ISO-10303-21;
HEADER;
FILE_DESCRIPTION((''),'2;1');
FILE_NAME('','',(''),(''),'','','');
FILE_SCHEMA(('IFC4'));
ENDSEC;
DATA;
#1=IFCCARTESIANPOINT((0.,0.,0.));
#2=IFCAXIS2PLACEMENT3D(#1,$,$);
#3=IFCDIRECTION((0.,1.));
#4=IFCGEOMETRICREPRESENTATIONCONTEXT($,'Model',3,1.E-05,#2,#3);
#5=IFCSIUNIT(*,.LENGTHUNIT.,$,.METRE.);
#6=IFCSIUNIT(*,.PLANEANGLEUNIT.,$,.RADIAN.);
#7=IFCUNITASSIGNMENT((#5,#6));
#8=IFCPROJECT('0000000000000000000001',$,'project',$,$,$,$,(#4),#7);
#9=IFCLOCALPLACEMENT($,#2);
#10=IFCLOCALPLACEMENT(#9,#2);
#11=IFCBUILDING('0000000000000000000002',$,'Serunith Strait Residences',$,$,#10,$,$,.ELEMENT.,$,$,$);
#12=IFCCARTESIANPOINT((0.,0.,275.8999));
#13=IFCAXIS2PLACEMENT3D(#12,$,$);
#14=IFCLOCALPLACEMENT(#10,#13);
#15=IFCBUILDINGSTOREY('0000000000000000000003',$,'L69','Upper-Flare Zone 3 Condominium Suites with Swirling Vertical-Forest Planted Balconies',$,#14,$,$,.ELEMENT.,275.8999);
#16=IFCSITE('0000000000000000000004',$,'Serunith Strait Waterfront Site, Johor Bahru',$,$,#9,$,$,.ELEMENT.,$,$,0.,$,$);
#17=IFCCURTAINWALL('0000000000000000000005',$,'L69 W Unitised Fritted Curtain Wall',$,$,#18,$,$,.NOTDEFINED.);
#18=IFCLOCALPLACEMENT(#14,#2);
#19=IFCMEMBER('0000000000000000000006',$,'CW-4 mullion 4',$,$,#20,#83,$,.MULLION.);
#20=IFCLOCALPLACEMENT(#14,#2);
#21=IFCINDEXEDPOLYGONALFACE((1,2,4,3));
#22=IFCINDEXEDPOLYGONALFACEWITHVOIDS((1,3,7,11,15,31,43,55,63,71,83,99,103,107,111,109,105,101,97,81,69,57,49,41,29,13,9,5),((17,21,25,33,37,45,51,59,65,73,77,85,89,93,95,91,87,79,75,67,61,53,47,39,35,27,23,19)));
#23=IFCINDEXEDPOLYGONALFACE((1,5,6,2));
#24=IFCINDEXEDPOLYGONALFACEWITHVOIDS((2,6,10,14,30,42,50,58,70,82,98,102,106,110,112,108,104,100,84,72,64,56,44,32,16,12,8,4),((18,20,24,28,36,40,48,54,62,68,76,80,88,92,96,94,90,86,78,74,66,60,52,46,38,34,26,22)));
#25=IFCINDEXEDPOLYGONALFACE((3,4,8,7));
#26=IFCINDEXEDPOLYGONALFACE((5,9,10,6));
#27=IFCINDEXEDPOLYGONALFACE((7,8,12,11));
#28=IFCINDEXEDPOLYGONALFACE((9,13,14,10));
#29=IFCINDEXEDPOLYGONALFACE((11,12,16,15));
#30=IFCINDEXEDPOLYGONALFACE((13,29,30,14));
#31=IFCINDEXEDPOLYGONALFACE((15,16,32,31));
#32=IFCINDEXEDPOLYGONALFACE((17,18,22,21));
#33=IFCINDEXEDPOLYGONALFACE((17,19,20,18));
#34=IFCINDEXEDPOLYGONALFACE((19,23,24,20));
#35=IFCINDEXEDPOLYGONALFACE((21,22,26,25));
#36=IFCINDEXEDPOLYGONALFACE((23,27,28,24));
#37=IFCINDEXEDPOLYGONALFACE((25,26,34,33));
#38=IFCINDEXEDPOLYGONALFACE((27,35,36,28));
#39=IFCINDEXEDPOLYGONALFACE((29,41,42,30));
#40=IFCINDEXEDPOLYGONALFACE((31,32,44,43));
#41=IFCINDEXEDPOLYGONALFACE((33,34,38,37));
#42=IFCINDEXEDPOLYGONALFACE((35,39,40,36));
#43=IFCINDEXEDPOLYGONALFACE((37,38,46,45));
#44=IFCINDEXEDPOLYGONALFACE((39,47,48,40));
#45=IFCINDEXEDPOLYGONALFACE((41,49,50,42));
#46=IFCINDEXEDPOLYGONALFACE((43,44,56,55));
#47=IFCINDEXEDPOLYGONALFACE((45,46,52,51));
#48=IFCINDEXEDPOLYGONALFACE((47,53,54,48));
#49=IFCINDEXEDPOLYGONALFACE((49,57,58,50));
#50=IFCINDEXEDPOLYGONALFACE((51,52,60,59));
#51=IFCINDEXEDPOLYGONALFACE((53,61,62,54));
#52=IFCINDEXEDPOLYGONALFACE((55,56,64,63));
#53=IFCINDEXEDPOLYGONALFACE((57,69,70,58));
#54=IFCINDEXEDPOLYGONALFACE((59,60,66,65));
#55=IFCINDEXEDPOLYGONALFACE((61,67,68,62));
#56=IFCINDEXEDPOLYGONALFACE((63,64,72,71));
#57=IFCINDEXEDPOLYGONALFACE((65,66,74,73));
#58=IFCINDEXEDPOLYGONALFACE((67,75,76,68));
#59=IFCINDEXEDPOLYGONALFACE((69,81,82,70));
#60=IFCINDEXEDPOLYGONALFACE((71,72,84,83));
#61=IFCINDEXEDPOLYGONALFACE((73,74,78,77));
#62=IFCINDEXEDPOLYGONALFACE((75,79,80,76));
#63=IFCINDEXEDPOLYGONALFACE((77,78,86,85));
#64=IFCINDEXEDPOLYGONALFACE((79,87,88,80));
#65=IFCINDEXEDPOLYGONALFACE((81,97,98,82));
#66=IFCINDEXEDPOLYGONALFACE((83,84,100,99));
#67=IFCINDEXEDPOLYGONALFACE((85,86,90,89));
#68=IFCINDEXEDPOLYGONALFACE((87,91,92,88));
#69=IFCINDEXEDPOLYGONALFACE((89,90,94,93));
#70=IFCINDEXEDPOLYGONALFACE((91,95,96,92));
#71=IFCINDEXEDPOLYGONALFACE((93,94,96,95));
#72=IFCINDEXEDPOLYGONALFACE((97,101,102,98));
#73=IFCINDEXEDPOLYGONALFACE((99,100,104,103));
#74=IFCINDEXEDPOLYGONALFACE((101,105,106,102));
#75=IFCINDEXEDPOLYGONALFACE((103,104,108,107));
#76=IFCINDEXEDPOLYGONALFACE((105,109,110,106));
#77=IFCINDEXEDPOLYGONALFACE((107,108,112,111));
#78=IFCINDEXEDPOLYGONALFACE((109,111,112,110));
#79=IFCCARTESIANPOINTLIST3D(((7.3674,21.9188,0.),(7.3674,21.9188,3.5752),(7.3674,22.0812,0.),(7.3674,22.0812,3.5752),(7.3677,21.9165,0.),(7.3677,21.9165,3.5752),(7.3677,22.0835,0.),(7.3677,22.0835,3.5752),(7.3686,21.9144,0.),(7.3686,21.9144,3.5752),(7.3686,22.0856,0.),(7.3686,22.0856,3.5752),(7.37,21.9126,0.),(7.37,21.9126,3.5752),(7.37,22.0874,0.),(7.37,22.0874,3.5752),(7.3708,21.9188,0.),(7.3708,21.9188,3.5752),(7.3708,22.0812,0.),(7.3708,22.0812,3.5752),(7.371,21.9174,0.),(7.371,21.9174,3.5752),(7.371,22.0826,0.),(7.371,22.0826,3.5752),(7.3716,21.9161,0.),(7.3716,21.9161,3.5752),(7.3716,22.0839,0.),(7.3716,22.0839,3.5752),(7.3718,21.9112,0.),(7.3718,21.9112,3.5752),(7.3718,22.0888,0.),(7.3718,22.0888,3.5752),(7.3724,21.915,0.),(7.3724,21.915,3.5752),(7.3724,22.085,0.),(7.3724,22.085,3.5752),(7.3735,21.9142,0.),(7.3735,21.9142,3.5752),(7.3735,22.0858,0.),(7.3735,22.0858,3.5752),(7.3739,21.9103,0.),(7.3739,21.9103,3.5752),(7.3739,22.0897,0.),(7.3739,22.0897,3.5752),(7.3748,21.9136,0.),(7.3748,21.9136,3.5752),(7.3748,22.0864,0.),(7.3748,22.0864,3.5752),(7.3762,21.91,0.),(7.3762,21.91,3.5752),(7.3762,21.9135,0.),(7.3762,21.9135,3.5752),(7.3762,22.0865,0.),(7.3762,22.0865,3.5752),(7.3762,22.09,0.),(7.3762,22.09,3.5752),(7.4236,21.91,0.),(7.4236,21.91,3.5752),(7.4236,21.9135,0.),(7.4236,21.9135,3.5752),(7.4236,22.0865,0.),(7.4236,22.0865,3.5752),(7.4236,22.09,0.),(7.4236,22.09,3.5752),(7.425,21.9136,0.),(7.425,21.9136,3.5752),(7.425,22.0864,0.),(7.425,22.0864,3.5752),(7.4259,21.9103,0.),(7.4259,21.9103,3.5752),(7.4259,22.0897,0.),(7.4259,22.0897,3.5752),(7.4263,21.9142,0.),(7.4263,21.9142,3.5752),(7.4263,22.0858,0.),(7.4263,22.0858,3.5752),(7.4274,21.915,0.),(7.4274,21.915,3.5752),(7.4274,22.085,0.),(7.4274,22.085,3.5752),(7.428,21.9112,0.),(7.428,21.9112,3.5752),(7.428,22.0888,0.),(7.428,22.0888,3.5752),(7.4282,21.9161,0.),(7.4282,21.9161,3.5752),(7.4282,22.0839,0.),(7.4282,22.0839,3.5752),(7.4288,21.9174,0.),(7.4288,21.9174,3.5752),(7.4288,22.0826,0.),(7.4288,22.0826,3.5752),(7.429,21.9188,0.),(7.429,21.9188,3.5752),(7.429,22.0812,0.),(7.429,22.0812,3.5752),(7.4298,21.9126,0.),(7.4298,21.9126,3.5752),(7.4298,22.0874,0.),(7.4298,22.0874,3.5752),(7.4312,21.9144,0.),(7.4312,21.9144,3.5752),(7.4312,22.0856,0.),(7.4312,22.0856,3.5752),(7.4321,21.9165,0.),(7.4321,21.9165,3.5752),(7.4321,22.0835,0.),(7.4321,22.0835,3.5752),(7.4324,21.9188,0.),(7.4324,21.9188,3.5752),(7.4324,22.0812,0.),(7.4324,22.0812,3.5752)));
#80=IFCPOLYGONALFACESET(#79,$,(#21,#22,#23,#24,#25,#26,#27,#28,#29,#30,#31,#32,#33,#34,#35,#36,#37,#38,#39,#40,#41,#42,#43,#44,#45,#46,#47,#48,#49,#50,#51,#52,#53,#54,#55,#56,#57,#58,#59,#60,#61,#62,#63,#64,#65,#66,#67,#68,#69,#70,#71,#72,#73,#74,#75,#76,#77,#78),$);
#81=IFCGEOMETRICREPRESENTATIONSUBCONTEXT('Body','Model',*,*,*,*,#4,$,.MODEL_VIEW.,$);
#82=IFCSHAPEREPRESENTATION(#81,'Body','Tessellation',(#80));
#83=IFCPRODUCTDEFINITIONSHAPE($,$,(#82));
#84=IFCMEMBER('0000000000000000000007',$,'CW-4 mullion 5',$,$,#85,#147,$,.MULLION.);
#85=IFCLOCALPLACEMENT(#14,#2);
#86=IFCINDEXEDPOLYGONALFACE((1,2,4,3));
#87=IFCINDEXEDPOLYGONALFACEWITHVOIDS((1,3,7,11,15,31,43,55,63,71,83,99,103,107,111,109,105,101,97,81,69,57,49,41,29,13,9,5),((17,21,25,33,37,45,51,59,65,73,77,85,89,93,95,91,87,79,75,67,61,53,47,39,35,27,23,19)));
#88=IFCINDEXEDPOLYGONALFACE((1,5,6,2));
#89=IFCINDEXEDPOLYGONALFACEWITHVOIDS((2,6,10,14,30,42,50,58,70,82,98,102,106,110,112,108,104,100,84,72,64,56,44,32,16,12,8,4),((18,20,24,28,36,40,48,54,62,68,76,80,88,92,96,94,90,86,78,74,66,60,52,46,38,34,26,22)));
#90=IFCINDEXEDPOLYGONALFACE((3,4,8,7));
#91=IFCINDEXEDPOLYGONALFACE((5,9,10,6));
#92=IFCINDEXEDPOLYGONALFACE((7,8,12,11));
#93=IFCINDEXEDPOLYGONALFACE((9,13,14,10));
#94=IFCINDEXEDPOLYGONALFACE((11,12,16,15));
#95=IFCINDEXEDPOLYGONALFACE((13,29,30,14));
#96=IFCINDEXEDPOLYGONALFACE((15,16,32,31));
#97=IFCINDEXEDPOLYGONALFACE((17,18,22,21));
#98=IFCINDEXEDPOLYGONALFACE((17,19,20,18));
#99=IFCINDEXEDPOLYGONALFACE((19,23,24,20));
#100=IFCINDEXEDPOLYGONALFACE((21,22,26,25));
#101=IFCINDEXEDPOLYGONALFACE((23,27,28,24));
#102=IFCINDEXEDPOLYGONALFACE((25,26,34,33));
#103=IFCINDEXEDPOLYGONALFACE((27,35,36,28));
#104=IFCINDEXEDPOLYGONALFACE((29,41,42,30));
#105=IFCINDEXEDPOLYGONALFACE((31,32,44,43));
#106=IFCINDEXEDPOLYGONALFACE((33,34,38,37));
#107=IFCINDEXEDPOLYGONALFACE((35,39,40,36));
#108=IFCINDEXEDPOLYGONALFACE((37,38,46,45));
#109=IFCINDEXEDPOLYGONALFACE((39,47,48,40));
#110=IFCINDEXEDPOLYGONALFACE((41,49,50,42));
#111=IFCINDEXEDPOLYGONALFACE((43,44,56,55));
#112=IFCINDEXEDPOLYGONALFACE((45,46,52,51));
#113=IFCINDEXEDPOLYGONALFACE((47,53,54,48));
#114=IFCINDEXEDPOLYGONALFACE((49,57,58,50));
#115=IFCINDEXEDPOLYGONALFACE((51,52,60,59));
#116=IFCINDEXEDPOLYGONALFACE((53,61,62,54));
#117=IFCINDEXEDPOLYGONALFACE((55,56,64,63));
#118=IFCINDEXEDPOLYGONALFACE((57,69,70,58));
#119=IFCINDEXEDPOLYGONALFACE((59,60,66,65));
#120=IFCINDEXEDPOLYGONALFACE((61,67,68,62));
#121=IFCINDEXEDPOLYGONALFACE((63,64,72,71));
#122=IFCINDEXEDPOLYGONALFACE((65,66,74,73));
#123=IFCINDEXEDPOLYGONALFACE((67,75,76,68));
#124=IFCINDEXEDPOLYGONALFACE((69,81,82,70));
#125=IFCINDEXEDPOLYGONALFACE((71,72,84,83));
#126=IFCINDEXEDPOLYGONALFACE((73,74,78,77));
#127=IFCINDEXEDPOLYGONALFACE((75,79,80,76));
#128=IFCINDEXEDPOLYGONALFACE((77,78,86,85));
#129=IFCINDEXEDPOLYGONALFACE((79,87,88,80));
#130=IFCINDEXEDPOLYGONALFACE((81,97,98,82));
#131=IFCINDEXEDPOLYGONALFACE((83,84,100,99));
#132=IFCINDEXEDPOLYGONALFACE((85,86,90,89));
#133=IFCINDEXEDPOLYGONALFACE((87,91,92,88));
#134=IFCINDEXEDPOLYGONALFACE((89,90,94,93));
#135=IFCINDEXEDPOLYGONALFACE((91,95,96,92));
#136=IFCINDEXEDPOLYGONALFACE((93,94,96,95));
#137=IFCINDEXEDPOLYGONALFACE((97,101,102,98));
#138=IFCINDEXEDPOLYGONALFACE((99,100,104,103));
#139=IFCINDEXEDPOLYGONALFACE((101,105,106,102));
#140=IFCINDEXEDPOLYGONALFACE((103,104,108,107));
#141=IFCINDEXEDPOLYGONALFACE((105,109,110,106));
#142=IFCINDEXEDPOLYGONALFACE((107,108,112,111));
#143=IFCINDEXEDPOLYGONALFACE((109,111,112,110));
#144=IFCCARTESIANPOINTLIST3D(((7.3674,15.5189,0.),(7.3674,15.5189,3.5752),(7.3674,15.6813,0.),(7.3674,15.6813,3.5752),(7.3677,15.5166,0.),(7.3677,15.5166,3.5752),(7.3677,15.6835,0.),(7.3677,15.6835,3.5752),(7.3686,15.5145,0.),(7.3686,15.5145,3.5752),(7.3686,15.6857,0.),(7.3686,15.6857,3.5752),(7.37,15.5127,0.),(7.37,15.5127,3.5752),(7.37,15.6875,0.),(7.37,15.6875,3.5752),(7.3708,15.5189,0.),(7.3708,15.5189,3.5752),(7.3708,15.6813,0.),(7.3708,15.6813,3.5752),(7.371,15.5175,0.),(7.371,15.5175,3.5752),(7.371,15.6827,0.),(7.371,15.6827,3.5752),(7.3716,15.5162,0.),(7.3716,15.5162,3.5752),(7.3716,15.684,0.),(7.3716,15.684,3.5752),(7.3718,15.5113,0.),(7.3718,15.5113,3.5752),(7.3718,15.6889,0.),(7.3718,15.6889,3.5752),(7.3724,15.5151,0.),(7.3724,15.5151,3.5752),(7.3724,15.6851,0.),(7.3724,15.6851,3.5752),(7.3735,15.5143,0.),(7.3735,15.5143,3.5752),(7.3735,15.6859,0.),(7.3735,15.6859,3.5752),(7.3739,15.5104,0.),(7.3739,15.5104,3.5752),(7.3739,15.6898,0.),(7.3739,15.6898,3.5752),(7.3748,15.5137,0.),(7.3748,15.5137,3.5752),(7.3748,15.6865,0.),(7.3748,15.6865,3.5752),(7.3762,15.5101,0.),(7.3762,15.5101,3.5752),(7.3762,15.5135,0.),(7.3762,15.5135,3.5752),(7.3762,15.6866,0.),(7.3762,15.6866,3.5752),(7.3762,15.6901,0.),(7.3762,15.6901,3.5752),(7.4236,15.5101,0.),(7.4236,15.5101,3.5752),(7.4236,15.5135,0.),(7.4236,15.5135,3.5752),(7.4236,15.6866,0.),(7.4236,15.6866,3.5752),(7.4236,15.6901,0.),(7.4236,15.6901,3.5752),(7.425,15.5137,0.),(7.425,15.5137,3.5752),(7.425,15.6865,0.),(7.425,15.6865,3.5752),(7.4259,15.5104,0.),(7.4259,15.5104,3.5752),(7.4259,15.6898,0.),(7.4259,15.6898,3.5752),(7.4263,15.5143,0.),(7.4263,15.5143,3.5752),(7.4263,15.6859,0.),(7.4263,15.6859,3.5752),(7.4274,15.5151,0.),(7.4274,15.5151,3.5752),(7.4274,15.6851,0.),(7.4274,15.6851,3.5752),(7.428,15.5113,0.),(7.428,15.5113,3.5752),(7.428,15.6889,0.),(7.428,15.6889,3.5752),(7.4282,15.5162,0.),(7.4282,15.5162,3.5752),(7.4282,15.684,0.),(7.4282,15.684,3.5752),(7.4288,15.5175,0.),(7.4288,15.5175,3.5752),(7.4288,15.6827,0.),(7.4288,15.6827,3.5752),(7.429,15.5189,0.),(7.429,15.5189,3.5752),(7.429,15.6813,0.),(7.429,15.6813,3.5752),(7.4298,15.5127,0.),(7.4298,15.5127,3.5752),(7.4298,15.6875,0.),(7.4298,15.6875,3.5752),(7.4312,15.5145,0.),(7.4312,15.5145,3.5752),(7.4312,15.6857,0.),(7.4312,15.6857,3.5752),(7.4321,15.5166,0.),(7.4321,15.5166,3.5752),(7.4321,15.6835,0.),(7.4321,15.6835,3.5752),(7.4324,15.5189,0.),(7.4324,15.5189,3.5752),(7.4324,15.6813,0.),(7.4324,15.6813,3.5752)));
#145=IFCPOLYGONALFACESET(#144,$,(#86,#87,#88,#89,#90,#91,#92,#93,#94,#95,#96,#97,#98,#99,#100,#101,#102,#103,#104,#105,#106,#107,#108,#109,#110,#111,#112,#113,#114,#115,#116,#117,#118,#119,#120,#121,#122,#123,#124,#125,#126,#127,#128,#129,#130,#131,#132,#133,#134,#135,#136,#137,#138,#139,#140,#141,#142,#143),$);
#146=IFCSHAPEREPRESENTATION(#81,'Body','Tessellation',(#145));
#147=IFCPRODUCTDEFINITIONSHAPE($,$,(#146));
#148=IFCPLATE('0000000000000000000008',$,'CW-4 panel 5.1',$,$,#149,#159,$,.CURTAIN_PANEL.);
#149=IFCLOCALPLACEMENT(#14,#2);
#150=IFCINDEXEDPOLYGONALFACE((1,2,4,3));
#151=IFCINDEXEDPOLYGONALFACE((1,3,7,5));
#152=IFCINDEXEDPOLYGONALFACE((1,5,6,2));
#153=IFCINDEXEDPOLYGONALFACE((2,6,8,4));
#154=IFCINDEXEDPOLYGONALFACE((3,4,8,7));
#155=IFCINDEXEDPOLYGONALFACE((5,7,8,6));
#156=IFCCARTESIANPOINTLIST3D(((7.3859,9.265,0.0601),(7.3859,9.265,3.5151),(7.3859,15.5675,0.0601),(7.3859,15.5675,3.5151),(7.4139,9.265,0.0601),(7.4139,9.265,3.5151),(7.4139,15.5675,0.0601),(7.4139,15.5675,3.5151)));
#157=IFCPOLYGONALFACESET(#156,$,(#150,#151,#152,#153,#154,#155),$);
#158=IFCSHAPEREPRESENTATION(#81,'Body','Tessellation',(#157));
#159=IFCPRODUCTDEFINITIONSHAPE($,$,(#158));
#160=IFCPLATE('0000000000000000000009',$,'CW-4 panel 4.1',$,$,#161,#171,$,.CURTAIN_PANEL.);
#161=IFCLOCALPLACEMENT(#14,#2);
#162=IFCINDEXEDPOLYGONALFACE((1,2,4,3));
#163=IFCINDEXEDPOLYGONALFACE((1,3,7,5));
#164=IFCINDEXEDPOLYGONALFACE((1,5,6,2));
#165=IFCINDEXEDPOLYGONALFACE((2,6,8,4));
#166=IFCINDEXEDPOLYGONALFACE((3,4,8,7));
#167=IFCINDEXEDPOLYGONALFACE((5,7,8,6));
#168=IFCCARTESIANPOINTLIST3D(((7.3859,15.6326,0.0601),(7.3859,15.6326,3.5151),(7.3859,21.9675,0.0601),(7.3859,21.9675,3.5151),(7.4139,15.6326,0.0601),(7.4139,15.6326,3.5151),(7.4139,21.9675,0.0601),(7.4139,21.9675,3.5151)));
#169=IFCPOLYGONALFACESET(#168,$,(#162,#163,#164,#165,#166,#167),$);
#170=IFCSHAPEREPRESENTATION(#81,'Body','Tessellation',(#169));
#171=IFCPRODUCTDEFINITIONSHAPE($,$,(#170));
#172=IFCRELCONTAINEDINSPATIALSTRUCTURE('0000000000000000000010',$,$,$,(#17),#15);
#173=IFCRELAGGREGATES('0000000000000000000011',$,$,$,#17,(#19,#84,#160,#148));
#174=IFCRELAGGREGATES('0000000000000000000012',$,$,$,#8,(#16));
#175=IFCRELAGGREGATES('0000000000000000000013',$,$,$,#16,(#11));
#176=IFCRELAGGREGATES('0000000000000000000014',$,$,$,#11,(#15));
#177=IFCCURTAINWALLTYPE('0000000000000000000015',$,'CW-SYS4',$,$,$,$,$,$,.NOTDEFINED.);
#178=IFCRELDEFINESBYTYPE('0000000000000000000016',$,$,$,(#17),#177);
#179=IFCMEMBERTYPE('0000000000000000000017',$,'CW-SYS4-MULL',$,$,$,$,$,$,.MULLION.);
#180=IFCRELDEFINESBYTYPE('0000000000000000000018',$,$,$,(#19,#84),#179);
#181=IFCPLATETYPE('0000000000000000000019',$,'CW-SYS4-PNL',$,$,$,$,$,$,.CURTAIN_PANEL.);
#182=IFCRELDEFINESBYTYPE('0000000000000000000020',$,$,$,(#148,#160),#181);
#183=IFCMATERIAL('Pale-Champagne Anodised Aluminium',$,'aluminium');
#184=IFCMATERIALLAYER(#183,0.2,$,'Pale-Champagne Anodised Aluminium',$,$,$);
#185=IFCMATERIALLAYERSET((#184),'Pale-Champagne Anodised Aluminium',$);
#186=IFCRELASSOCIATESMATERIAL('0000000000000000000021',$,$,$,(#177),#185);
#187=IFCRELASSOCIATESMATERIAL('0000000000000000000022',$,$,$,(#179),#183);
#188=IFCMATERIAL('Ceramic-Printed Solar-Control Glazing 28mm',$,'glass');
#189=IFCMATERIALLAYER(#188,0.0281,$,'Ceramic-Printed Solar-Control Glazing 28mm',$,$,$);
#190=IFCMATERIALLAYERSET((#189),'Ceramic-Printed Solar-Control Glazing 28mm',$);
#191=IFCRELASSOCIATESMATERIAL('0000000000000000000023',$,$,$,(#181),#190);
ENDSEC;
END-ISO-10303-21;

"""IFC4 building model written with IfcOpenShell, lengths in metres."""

from ifc_helpers import new_model, si_unit, direction, frame, origin, origin_2d, place, context, subcontext, project, spatial, rectangle, hollow_rectangle, extrude, source, transform, mapped, material, layer, layer_set, material_profile, profile_set, type_object, element, aggregate, save


model = new_model("IFC4")

# Units and contexts
model_context = context("Model", 3, precision=1e-05, world=origin(), true_north=direction((0.0, 1.0)))
body_context = subcontext(model_context, "Body", "Model", "MODEL_VIEW")
ifc_project = project(units=[si_unit("LENGTHUNIT", "METRE"), si_unit("PLANEANGLEUNIT", "RADIAN")], contexts=[model_context])

# Site, building, storey
site_placement = place(None, origin())
site = spatial("IfcSite", under=ifc_project, at=site_placement, Name="Serunith Strait Waterfront Site, Johor Bahru", CompositionType="ELEMENT", RefElevation=0.0)
building_placement = place(site_placement, origin())
building = spatial("IfcBuilding", under=site, at=building_placement, Name="Serunith Strait Residences", CompositionType="ELEMENT")
storey_placement = place(building_placement, frame((0.0, 0.0, 275.8999)))
storey = spatial("IfcBuildingStorey", under=building, at=storey_placement, Name="L69", Description="Upper-Flare Zone 3 Condominium Suites with Swirling Vertical-Forest Planted Balconies", CompositionType="ELEMENT", Elevation=275.8999)

# Curtain wall, members, plates
ifc_material_1 = material(Name="Pale-Champagne Anodised Aluminium", Category="aluminium")
ifc_layer_1 = layer(ifc_material_1, 0.2, Name="Pale-Champagne Anodised Aluminium")
ifc_layer_set_1 = layer_set([ifc_layer_1], Name="Pale-Champagne Anodised Aluminium")
curtain_wall_type = type_object("IfcCurtainWallType", Name="CW-SYS4", PredefinedType="NOTDEFINED", material=ifc_layer_set_1)
curtain_wall_placement = place(storey_placement, origin())
curtain_wall = element("IfcCurtainWall", 1, at=curtain_wall_placement, inside=storey, type_object=curtain_wall_type, Name="L69 W Unitised Fritted Curtain Wall", PredefinedType="NOTDEFINED")
ifc_material_profile_1 = material_profile(ifc_material_1, hollow_rectangle(XDim=0.0649, YDim=0.1799, WallThickness=0.0034, InnerFilletRadius=0.0054, OuterFilletRadius=0.0088, at=origin_2d()), Name="ALU 180x65x3.5")
ifc_profile_set_1 = profile_set([ifc_material_profile_1], Name="Pale-Champagne Anodised Aluminium")
member_type_1 = type_object("IfcMemberType", Name="CW-SYS4-MULL", PredefinedType="MULLION", material=ifc_profile_set_1)
shared_shape_1 = source(origin(), body_context, "Body", "SweptSolid", [
    extrude(hollow_rectangle(XDim=0.0649, YDim=0.1799, WallThickness=0.0034, InnerFilletRadius=0.0054, OuterFilletRadius=0.0088, at=origin_2d()), origin(), (0.0, 0.0, 1.0), 3.5752),
])
member_1_placement = place(storey_placement, frame((7.3999, 22.0, 0.0), z_axis=(0.0, 0.0, 1.0), x_axis=(1.0, 0.0, 0.0)))
member_1 = element("IfcMember", 2, at=member_1_placement, type_object=member_type_1, Name="CW-4 mullion 4", PredefinedType="MULLION", context=body_context, shape_type="MappedRepresentation", body=[
    mapped(shared_shape_1, transform((0.0, 0.0, 0.0), scale=1.0)),
])
member_2_placement = place(storey_placement, frame((7.3999, 15.6001, 0.0), z_axis=(0.0, 0.0, 1.0), x_axis=(1.0, 0.0, 0.0)))
member_2 = element("IfcMember", 3, at=member_2_placement, type_object=member_type_1, Name="CW-4 mullion 5", PredefinedType="MULLION", context=body_context, shape_type="MappedRepresentation", body=[
    mapped(shared_shape_1, transform((0.0, 0.0, 0.0), scale=1.0)),
])
ifc_material_2 = material(Name="Ceramic-Printed Solar-Control Glazing 28mm", Category="glass")
ifc_layer_2 = layer(ifc_material_2, 0.0281, Name="Ceramic-Printed Solar-Control Glazing 28mm")
ifc_layer_set_2 = layer_set([ifc_layer_2], Name="Ceramic-Printed Solar-Control Glazing 28mm")
plate_type = type_object("IfcPlateType", Name="CW-SYS4-PNL", PredefinedType="CURTAIN_PANEL", material=ifc_layer_set_2)
shared_shape_2 = source(origin(), body_context, "Body", "SweptSolid", [
    extrude(rectangle(XDim=6.3025, YDim=0.0281, at=origin_2d()), origin(), (0.0, 0.0, 1.0), 3.4551),
])
plate_1_placement = place(storey_placement, frame((7.3999, 12.4163, 0.0601), z_axis=(0.0, 0.0, 1.0), x_axis=(0.0, -1.0, 0.0)))
plate_1 = element("IfcPlate", 4, at=plate_1_placement, type_object=plate_type, Name="CW-4 panel 5.1", PredefinedType="CURTAIN_PANEL", context=body_context, shape_type="MappedRepresentation", body=[
    mapped(shared_shape_2, transform((0.0, 0.0, 0.0), scale=1.0)),
])
shared_shape_3 = source(origin(), body_context, "Body", "SweptSolid", [
    extrude(rectangle(XDim=6.335, YDim=0.0281, at=origin_2d()), origin(), (0.0, 0.0, 1.0), 3.4551),
])
plate_2_placement = place(storey_placement, frame((7.3999, 18.8, 0.0601), z_axis=(0.0, 0.0, 1.0), x_axis=(0.0, -1.0, 0.0)))
plate_2 = element("IfcPlate", 5, at=plate_2_placement, type_object=plate_type, Name="CW-4 panel 4.1", PredefinedType="CURTAIN_PANEL", context=body_context, shape_type="MappedRepresentation", body=[
    mapped(shared_shape_3, transform((0.0, 0.0, 0.0), scale=1.0)),
])
aggregate(curtain_wall, [member_1, member_2, plate_2, plate_1])

save(model, "model.ifc")
